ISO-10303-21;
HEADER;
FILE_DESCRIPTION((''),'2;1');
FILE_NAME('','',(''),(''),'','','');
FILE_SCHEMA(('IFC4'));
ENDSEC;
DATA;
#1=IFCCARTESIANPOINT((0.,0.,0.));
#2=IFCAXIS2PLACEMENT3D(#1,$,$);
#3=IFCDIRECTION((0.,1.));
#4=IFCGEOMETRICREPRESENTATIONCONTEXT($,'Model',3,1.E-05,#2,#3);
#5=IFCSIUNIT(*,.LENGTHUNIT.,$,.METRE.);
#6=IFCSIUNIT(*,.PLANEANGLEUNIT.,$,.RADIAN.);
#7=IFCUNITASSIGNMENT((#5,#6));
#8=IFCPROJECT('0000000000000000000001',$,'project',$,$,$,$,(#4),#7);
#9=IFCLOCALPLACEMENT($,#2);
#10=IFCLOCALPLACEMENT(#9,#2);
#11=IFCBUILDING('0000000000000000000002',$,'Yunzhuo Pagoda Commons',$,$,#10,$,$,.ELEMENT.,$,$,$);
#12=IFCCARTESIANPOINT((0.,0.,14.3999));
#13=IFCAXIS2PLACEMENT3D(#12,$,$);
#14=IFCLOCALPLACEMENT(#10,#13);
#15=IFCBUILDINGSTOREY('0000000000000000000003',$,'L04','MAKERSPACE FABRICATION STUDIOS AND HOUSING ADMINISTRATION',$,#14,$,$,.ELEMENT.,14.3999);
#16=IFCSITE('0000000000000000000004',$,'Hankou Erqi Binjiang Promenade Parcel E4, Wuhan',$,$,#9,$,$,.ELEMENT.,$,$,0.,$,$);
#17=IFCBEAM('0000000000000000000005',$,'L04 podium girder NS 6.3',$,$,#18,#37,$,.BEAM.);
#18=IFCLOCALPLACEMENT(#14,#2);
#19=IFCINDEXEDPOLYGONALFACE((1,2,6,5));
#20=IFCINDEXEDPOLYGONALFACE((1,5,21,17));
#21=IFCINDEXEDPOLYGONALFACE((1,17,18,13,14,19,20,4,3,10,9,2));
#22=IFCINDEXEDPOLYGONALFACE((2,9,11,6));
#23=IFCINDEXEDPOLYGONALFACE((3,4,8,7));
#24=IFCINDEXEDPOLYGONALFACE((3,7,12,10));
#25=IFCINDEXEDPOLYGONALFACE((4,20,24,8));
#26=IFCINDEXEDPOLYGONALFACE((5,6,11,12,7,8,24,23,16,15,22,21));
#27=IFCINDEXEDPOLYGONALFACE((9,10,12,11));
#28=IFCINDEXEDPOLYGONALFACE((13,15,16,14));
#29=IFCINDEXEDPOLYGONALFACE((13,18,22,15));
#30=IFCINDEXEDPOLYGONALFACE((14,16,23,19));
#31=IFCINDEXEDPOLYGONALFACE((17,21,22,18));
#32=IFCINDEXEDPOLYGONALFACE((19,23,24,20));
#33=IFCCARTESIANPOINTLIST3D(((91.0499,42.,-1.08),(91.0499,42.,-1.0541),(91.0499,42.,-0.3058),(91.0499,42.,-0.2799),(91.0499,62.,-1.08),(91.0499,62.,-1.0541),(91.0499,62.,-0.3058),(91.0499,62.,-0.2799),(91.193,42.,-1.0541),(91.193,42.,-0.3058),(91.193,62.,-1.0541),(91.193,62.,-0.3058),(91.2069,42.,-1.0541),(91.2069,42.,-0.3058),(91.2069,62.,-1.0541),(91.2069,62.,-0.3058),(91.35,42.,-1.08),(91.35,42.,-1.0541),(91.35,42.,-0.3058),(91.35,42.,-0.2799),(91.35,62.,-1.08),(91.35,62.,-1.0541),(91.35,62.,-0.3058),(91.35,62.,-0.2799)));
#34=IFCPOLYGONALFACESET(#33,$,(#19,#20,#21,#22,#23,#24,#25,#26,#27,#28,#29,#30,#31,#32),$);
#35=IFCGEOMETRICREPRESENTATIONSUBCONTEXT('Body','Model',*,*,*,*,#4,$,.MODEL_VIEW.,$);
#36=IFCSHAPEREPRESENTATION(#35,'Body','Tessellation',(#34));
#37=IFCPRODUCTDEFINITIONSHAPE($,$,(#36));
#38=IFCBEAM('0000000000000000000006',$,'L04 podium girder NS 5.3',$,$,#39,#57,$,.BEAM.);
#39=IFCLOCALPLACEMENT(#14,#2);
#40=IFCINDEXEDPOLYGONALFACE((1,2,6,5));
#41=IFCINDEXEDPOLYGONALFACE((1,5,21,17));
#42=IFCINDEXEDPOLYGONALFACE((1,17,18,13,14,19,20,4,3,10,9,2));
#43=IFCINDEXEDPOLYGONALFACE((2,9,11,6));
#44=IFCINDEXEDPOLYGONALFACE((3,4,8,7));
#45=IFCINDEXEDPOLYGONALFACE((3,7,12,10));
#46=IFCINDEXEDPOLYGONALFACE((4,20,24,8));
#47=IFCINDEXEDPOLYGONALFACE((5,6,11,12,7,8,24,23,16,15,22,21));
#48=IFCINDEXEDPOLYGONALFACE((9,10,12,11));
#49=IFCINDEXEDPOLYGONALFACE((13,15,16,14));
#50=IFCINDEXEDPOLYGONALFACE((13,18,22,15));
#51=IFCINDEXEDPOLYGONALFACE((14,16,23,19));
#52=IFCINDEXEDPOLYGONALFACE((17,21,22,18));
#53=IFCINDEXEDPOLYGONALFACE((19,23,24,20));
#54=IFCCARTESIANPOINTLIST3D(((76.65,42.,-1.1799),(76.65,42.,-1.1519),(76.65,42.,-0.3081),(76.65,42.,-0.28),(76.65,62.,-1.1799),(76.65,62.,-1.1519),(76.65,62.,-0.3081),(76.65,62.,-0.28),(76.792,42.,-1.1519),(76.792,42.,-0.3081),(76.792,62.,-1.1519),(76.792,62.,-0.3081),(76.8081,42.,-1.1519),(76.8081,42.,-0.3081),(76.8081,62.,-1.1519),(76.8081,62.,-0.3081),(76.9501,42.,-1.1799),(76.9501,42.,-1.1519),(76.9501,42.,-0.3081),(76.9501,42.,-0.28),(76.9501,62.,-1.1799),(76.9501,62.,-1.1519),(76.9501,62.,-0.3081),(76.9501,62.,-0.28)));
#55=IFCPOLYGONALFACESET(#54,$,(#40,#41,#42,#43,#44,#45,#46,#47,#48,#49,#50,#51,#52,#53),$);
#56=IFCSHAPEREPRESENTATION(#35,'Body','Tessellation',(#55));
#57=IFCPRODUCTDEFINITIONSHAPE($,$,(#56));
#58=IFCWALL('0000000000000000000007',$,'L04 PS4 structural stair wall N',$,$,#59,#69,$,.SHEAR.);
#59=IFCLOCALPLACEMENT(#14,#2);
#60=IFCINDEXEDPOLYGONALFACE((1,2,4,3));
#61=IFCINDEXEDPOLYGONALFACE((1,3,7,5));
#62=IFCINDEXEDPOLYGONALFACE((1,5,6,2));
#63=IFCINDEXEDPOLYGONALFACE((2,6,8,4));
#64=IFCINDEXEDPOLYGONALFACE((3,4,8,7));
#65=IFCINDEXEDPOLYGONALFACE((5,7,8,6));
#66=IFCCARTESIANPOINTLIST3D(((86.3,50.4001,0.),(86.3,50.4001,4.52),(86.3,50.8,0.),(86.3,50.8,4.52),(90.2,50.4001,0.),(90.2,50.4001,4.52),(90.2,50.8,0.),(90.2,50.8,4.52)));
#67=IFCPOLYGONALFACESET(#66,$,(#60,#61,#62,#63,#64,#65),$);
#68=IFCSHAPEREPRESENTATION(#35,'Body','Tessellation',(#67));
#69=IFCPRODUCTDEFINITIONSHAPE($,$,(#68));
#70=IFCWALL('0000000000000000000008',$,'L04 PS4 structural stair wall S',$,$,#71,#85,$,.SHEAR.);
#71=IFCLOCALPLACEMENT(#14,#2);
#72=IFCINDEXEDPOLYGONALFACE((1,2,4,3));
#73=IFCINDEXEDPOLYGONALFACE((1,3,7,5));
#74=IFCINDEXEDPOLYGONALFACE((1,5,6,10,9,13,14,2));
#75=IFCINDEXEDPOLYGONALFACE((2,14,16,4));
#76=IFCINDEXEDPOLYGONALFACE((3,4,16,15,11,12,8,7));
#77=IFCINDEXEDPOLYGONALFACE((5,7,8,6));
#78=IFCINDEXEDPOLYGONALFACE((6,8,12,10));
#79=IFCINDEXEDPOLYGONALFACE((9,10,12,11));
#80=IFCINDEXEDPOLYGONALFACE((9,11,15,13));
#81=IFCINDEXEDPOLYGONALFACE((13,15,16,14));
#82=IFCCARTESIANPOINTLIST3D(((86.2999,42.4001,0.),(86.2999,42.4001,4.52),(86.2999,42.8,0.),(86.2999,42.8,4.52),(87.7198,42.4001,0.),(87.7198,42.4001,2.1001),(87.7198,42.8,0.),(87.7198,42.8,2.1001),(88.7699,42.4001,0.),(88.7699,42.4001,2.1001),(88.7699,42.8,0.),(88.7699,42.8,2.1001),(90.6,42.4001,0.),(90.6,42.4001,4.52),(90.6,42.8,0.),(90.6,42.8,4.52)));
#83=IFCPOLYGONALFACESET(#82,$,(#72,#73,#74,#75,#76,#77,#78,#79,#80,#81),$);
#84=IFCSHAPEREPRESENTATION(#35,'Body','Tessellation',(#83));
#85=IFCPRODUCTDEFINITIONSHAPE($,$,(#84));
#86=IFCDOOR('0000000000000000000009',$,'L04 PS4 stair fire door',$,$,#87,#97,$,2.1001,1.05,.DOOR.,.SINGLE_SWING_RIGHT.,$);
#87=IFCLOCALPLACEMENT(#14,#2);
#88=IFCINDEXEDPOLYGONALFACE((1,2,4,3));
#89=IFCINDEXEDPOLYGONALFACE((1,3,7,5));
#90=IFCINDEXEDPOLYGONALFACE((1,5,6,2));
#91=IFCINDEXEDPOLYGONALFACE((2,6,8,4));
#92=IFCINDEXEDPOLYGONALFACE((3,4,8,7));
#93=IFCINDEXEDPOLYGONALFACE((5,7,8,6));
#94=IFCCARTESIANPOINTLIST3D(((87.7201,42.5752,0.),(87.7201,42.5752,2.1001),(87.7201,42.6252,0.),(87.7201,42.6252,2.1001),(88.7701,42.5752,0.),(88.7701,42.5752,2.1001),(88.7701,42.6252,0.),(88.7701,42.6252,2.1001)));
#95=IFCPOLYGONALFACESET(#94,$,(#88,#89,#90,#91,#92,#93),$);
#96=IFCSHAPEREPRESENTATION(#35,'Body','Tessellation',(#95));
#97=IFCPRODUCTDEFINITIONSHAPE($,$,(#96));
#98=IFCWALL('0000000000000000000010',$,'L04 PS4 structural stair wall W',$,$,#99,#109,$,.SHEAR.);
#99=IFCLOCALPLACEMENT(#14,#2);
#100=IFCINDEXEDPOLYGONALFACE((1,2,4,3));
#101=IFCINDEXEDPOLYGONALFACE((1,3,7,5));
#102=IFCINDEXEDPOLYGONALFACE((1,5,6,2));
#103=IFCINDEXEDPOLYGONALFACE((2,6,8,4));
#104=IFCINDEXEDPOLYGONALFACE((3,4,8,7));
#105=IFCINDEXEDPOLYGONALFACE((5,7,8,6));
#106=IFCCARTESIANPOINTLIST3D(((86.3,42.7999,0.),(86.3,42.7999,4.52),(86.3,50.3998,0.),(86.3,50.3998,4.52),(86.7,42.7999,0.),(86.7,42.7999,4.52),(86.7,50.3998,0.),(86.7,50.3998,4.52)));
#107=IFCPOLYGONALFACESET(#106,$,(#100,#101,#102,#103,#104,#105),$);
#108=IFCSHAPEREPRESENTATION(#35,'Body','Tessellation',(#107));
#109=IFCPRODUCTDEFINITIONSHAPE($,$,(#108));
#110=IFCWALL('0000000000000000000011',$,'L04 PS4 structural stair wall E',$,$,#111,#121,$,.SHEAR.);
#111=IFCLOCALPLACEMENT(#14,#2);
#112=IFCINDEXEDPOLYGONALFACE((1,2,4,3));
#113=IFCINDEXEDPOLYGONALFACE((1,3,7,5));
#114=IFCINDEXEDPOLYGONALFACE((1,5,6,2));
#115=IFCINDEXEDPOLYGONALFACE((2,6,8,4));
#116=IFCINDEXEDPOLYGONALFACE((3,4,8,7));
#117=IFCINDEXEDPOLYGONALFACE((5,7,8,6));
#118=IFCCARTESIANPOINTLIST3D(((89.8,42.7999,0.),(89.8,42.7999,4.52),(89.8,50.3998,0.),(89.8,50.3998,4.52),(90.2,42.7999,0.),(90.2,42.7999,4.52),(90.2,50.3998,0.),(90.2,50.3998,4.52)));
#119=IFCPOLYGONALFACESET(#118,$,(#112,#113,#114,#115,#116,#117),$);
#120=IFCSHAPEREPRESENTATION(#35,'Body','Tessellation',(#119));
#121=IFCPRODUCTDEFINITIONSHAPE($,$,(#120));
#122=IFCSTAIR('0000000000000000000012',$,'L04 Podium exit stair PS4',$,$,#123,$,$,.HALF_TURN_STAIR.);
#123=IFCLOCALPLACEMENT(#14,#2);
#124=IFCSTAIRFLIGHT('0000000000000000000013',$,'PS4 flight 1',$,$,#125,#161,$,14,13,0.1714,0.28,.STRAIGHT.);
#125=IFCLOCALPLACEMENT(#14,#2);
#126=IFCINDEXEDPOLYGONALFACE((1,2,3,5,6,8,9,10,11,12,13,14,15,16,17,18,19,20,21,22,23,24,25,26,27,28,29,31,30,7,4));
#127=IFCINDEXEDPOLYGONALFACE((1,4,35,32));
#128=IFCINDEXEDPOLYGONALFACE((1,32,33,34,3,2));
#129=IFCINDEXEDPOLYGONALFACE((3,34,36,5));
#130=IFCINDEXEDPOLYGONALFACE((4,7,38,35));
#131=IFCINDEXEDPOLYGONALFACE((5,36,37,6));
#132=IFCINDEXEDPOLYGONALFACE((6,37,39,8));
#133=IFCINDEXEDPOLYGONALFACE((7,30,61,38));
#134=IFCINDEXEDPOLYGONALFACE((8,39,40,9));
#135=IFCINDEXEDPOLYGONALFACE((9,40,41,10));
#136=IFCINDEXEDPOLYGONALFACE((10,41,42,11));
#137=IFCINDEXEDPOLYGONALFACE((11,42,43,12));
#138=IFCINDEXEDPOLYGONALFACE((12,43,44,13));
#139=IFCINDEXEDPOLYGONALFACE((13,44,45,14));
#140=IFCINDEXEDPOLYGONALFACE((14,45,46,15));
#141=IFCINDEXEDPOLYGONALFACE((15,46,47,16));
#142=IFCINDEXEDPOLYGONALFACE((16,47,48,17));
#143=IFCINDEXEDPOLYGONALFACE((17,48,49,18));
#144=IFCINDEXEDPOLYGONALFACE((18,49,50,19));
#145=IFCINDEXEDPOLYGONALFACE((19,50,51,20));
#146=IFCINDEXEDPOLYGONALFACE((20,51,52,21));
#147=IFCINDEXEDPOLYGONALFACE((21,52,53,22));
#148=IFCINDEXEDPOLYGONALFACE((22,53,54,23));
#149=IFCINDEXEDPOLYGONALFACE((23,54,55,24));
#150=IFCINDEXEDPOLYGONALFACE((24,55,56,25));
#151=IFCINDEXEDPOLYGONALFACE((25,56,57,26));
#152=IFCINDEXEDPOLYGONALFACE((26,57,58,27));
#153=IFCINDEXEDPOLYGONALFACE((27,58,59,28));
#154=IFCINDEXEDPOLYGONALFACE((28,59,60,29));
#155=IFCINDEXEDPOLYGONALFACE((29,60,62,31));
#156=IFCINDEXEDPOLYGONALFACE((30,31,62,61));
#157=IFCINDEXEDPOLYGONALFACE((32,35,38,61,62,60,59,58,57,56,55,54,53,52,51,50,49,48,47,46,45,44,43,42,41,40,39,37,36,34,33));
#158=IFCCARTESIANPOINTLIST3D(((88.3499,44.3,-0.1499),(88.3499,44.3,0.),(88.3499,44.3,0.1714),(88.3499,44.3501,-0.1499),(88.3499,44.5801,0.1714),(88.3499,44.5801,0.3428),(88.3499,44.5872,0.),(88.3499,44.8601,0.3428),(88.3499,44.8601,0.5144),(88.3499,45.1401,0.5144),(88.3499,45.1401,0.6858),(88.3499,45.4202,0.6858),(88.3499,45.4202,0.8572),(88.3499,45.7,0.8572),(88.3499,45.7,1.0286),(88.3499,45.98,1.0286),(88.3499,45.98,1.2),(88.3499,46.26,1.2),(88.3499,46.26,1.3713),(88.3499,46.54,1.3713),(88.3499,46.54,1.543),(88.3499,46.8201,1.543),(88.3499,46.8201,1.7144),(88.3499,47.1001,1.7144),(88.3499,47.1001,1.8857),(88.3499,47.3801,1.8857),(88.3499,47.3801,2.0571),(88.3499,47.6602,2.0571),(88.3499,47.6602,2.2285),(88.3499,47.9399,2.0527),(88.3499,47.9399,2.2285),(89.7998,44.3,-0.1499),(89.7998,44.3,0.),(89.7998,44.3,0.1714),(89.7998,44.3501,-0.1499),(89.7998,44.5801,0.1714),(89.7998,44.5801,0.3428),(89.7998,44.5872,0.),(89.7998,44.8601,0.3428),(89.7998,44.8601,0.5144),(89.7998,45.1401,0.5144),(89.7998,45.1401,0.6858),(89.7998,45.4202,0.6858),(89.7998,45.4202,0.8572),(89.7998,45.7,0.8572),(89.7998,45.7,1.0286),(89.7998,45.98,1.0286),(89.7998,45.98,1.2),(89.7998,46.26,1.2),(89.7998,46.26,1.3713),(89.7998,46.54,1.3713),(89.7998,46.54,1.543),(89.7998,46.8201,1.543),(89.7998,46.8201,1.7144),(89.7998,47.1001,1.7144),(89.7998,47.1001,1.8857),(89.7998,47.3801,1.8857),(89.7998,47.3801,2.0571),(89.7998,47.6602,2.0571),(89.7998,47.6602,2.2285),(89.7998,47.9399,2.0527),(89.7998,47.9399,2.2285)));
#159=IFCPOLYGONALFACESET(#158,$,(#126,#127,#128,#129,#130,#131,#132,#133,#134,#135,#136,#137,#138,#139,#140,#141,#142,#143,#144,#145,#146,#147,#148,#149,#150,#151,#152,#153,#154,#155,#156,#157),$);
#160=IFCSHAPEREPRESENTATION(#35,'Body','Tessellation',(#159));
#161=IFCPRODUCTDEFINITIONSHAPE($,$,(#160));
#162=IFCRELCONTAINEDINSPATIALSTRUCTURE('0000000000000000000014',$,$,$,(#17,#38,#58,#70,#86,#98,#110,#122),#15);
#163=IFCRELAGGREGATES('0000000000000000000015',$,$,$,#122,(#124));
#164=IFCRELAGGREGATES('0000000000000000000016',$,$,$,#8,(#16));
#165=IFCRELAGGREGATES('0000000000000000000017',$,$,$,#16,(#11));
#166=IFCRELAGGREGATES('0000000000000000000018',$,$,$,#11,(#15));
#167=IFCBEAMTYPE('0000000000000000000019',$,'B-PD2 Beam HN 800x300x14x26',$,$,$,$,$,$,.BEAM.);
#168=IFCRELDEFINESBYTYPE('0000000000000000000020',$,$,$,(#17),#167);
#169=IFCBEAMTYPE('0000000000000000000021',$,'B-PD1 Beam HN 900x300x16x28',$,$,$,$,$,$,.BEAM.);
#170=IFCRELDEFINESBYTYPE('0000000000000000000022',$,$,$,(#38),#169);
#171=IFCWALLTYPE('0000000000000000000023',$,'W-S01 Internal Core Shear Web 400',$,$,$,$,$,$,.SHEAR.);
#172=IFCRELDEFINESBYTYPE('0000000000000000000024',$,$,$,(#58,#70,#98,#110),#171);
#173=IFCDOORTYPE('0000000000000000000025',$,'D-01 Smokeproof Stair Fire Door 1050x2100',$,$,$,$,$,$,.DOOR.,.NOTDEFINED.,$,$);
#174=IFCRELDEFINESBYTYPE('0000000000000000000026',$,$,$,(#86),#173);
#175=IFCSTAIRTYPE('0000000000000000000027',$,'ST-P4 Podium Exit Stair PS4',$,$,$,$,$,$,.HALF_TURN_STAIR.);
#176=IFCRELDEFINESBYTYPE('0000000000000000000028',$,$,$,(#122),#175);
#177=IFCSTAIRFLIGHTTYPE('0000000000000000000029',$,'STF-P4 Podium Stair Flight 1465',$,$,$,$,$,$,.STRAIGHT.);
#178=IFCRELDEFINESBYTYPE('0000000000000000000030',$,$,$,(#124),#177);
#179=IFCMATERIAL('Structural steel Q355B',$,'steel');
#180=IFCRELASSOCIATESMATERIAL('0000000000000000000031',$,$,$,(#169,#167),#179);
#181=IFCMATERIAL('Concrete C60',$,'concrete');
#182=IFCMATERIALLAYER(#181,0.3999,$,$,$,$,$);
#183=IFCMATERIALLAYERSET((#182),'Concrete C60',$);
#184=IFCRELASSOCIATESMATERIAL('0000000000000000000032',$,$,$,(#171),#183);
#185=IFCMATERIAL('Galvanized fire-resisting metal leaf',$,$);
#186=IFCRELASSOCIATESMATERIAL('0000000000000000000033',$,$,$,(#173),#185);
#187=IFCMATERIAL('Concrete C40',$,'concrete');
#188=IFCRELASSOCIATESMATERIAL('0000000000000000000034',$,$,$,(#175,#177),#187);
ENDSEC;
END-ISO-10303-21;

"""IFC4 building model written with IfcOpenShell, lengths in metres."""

from ifc_helpers import new_model, si_unit, direction, frame, frame_2d, origin, origin_2d, place, context, subcontext, project, spatial, polyline, rectangle, i_section, outline, extrude, source, transform, mapped, material, layer, layer_set, material_profile, profile_set, type_object, element, fill, aggregate, save


model = new_model("IFC4")

# Units and contexts
model_context = context("Model", 3, precision=1e-05, world=origin(), true_north=direction((0.0, 1.0)))
body_context = subcontext(model_context, "Body", "Model", "MODEL_VIEW")
ifc_project = project(units=[si_unit("LENGTHUNIT", "METRE"), si_unit("PLANEANGLEUNIT", "RADIAN")], contexts=[model_context])

# Site, building, storey
site_placement = place(None, origin())
site = spatial("IfcSite", under=ifc_project, at=site_placement, Name="Hankou Erqi Binjiang Promenade Parcel E4, Wuhan", CompositionType="ELEMENT", RefElevation=0.0)
building_placement = place(site_placement, origin())
building = spatial("IfcBuilding", under=site, at=building_placement, Name="Yunzhuo Pagoda Commons", CompositionType="ELEMENT")
storey_placement = place(building_placement, frame((0.0, 0.0, 14.3999)))
storey = spatial("IfcBuildingStorey", under=building, at=storey_placement, Name="L04", Description="MAKERSPACE FABRICATION STUDIOS AND HOUSING ADMINISTRATION", CompositionType="ELEMENT", Elevation=14.3999)

# Beams
ifc_material_1 = material(Name="Structural steel Q355B", Category="steel")
ifc_material_profile_1 = material_profile(ifc_material_1, i_section(OverallWidth=0.3, OverallDepth=0.8999, WebThickness=0.0161, FlangeThickness=0.0281, at=origin_2d()), Name="Structural steel Q355B")
ifc_profile_set_1 = profile_set([ifc_material_profile_1], Name="Structural steel Q355B")
beam_type_1 = type_object("IfcBeamType", Name="B-PD1 Beam HN 900x300x16x28", PredefinedType="BEAM", material=ifc_profile_set_1)
ifc_material_profile_2 = material_profile(ifc_material_1, i_section(OverallWidth=0.3, OverallDepth=0.8, WebThickness=0.0139, FlangeThickness=0.0259, at=origin_2d()), Name="Structural steel Q355B")
ifc_profile_set_2 = profile_set([ifc_material_profile_2], Name="Structural steel Q355B")
beam_type_2 = type_object("IfcBeamType", Name="B-PD2 Beam HN 800x300x14x26", PredefinedType="BEAM", material=ifc_profile_set_2)
shared_shape_1 = source(origin(), body_context, "Body", "SweptSolid", [
    extrude(i_section(OverallWidth=0.3, OverallDepth=0.8, WebThickness=0.0139, FlangeThickness=0.0259, at=origin_2d()), origin(), (0.0, 0.0, 1.0), 20.0),
])
beam_1_placement = place(storey_placement, frame((91.2, 42.0, -0.6799), z_axis=(0.0, 1.0, 0.0), x_axis=(-1.0, 0.0, 0.0)))
element("IfcBeam", 1, at=beam_1_placement, inside=storey, type_object=beam_type_2, Name="L04 podium girder NS 6.3", PredefinedType="BEAM", context=body_context, shape_type="MappedRepresentation", body=[
    mapped(shared_shape_1, transform((0.0, 0.0, 0.0), scale=1.0)),
])
shared_shape_2 = source(origin(), body_context, "Body", "SweptSolid", [
    extrude(i_section(OverallWidth=0.3, OverallDepth=0.8999, WebThickness=0.0161, FlangeThickness=0.0281, at=origin_2d()), origin(), (0.0, 0.0, 1.0), 20.0),
])
beam_2_placement = place(storey_placement, frame((76.8, 42.0, -0.73), z_axis=(0.0, 1.0, 0.0), x_axis=(-1.0, 0.0, 0.0)))
element("IfcBeam", 2, at=beam_2_placement, inside=storey, type_object=beam_type_1, Name="L04 podium girder NS 5.3", PredefinedType="BEAM", context=body_context, shape_type="MappedRepresentation", body=[
    mapped(shared_shape_2, transform((0.0, 0.0, 0.0), scale=1.0)),
])

# Wall
ifc_material_2 = material(Name="Concrete C60", Category="concrete")
ifc_layer = layer(ifc_material_2, 0.3999)
ifc_layer_set = layer_set([ifc_layer], Name="Concrete C60")
wall_type = type_object("IfcWallType", Name="W-S01 Internal Core Shear Web 400", PredefinedType="SHEAR", material=ifc_layer_set)
wall_1_placement = place(storey_placement, frame((86.3, 50.6001, 0.0), z_axis=(0.0, 0.0, 1.0), x_axis=(1.0, 0.0, 0.0)))
element("IfcWall", 3, at=wall_1_placement, inside=storey, type_object=wall_type, Name="L04 PS4 structural stair wall N", PredefinedType="SHEAR", context=body_context, shape_type="SweptSolid", body=[
    extrude(rectangle(XDim=3.8999, YDim=0.3999, at=frame_2d((1.95, 0.0))), origin(), (0.0, 0.0, 1.0), 4.52),
])

# Wall, opening, door
wall_2_placement = place(storey_placement, frame((86.3, 42.6001, 0.0), z_axis=(0.0, 0.0, 1.0), x_axis=(1.0, 0.0, 0.0)))
wall_2 = element("IfcWall", 4, at=wall_2_placement, inside=storey, type_object=wall_type, Name="L04 PS4 structural stair wall S", PredefinedType="SHEAR", context=body_context, shape_type="SweptSolid", body=[
    extrude(rectangle(XDim=4.3, YDim=0.3999, at=frame_2d((2.1499, 0.0))), origin(), (0.0, 0.0, 1.0), 4.52),
])
opening_placement = place(wall_2_placement, frame((1.4199, 0.0, 0.0)))
opening = element("IfcOpeningElement", 5, at=opening_placement, cuts=wall_2, PredefinedType="OPENING", context=body_context, shape_type="SweptSolid", body=[
    extrude(rectangle(XDim=1.05, YDim=2.1001, at=frame_2d((0.5249, 1.05))), frame((0.0, 0.21, 0.0), z_axis=(0.0, -1.0, 0.0), x_axis=(1.0, 0.0, 0.0)), (0.0, 0.0, 1.0), 0.4199),
])
ifc_material_3 = material(Name="Galvanized fire-resisting metal leaf")
door_type = type_object("IfcDoorType", Name="D-01 Smokeproof Stair Fire Door 1050x2100", OperationType="NOTDEFINED", PredefinedType="DOOR", material=ifc_material_3)
shared_shape_3 = source(origin(), body_context, "Body", "SweptSolid", [
    extrude(rectangle(XDim=1.05, YDim=2.1001, at=frame_2d((0.5249, 1.05))), frame((0.0, 0.0249, 0.0), z_axis=(0.0, -1.0, 0.0), x_axis=(1.0, 0.0, 0.0)), (0.0, 0.0, 1.0), 0.05),
])
door_placement = place(opening_placement, frame((1.05, 0.0, 0.0), z_axis=(0.0, 0.0, 1.0), x_axis=(-1.0, 0.0, 0.0)))
door = element("IfcDoor", 6, at=door_placement, inside=storey, type_object=door_type, Name="L04 PS4 stair fire door", OperationType="SINGLE_SWING_RIGHT", OverallHeight=2.1001, OverallWidth=1.05, PredefinedType="DOOR", context=body_context, shape_type="MappedRepresentation", body=[
    mapped(shared_shape_3, transform((0.0, 0.0, 0.0), scale=1.0)),
])
fill(opening, door)

# Walls
for number, where, z_axis, x_axis, name in (
    (7, (86.5, 42.8, 0.0), (0.0, 0.0, 1.0), (0.0, 1.0, 0.0), "L04 PS4 structural stair wall W"),
    (8, (90.0, 42.8, 0.0), (0.0, 0.0, 1.0), (0.0, 1.0, 0.0), "L04 PS4 structural stair wall E"),
):
    element("IfcWall", number, at=place(storey_placement, frame(where, z_axis=z_axis, x_axis=x_axis)), inside=storey, type_object=wall_type, Name=name, PredefinedType="SHEAR", context=body_context, shape_type="SweptSolid", body=[
        extrude(rectangle(XDim=7.5999, YDim=0.3999, at=frame_2d((3.7998, 0.0))), origin(), (0.0, 0.0, 1.0), 4.52),
    ])

# Stair, stair flight
ifc_material_4 = material(Name="Concrete C40", Category="concrete")
stair_type = type_object("IfcStairType", Name="ST-P4 Podium Exit Stair PS4", PredefinedType="HALF_TURN_STAIR", material=ifc_material_4)
stair_placement = place(storey_placement, origin())
stair = element("IfcStair", 9, at=stair_placement, inside=storey, type_object=stair_type, Name="L04 Podium exit stair PS4", PredefinedType="HALF_TURN_STAIR")
stair_flight_type = type_object("IfcStairFlightType", Name="STF-P4 Podium Stair Flight 1465", PredefinedType="STRAIGHT", material=ifc_material_4)
shared_shape_4 = source(origin(), body_context, "Body", "SweptSolid", [
    extrude(outline(polyline([(0.0, -0.1499), (0.0, 0.0), (0.0, 0.1714), (0.28, 0.1714), (0.28, 0.3428), (0.5601, 0.3428), (0.5601, 0.5144), (0.8401, 0.5144), (0.8401, 0.6858), (1.1201, 0.6858), (1.1201, 0.8572), (1.3999, 0.8572), (1.3999, 1.0286), (1.6799, 1.0286), (1.6799, 1.2), (1.96, 1.2), (1.96, 1.3713), (2.24, 1.3713), (2.24, 1.543), (2.52, 1.543), (2.52, 1.7144), (2.8, 1.7144), (2.8, 1.8857), (3.0801, 1.8857), (3.0801, 2.0571), (3.3601, 2.0571), (3.3601, 2.2285), (3.6399, 2.2285), (3.6399, 2.3999), (3.6399, 2.0527), (0.2871, 0.0), (0.05, -0.1499), (0.0, -0.1499)])), frame((0.0, 0.7251, 0.0), z_axis=(0.0, -1.0, 0.0), x_axis=(1.0, 0.0, 0.0)), (0.0, 0.0, 1.0), 1.45),
])
stair_flight_1_placement = place(storey_placement, frame((89.075, 44.3, 0.0), z_axis=(0.0, 0.0, 1.0), x_axis=(0.0, 1.0, 0.0)))
stair_flight_1 = element("IfcStairFlight", 10, at=stair_flight_1_placement, type_object=stair_flight_type, Name="PS4 flight 1", NumberOfRisers=14, NumberOfTreads=13, PredefinedType="STRAIGHT", RiserHeight=0.1714, TreadLength=0.28, context=body_context, shape_type="MappedRepresentation", body=[
    mapped(shared_shape_4, transform((0.0, 0.0, 0.0), scale=1.0)),
])
aggregate(stair, [stair_flight_1])

save(model, "model.ifc")
